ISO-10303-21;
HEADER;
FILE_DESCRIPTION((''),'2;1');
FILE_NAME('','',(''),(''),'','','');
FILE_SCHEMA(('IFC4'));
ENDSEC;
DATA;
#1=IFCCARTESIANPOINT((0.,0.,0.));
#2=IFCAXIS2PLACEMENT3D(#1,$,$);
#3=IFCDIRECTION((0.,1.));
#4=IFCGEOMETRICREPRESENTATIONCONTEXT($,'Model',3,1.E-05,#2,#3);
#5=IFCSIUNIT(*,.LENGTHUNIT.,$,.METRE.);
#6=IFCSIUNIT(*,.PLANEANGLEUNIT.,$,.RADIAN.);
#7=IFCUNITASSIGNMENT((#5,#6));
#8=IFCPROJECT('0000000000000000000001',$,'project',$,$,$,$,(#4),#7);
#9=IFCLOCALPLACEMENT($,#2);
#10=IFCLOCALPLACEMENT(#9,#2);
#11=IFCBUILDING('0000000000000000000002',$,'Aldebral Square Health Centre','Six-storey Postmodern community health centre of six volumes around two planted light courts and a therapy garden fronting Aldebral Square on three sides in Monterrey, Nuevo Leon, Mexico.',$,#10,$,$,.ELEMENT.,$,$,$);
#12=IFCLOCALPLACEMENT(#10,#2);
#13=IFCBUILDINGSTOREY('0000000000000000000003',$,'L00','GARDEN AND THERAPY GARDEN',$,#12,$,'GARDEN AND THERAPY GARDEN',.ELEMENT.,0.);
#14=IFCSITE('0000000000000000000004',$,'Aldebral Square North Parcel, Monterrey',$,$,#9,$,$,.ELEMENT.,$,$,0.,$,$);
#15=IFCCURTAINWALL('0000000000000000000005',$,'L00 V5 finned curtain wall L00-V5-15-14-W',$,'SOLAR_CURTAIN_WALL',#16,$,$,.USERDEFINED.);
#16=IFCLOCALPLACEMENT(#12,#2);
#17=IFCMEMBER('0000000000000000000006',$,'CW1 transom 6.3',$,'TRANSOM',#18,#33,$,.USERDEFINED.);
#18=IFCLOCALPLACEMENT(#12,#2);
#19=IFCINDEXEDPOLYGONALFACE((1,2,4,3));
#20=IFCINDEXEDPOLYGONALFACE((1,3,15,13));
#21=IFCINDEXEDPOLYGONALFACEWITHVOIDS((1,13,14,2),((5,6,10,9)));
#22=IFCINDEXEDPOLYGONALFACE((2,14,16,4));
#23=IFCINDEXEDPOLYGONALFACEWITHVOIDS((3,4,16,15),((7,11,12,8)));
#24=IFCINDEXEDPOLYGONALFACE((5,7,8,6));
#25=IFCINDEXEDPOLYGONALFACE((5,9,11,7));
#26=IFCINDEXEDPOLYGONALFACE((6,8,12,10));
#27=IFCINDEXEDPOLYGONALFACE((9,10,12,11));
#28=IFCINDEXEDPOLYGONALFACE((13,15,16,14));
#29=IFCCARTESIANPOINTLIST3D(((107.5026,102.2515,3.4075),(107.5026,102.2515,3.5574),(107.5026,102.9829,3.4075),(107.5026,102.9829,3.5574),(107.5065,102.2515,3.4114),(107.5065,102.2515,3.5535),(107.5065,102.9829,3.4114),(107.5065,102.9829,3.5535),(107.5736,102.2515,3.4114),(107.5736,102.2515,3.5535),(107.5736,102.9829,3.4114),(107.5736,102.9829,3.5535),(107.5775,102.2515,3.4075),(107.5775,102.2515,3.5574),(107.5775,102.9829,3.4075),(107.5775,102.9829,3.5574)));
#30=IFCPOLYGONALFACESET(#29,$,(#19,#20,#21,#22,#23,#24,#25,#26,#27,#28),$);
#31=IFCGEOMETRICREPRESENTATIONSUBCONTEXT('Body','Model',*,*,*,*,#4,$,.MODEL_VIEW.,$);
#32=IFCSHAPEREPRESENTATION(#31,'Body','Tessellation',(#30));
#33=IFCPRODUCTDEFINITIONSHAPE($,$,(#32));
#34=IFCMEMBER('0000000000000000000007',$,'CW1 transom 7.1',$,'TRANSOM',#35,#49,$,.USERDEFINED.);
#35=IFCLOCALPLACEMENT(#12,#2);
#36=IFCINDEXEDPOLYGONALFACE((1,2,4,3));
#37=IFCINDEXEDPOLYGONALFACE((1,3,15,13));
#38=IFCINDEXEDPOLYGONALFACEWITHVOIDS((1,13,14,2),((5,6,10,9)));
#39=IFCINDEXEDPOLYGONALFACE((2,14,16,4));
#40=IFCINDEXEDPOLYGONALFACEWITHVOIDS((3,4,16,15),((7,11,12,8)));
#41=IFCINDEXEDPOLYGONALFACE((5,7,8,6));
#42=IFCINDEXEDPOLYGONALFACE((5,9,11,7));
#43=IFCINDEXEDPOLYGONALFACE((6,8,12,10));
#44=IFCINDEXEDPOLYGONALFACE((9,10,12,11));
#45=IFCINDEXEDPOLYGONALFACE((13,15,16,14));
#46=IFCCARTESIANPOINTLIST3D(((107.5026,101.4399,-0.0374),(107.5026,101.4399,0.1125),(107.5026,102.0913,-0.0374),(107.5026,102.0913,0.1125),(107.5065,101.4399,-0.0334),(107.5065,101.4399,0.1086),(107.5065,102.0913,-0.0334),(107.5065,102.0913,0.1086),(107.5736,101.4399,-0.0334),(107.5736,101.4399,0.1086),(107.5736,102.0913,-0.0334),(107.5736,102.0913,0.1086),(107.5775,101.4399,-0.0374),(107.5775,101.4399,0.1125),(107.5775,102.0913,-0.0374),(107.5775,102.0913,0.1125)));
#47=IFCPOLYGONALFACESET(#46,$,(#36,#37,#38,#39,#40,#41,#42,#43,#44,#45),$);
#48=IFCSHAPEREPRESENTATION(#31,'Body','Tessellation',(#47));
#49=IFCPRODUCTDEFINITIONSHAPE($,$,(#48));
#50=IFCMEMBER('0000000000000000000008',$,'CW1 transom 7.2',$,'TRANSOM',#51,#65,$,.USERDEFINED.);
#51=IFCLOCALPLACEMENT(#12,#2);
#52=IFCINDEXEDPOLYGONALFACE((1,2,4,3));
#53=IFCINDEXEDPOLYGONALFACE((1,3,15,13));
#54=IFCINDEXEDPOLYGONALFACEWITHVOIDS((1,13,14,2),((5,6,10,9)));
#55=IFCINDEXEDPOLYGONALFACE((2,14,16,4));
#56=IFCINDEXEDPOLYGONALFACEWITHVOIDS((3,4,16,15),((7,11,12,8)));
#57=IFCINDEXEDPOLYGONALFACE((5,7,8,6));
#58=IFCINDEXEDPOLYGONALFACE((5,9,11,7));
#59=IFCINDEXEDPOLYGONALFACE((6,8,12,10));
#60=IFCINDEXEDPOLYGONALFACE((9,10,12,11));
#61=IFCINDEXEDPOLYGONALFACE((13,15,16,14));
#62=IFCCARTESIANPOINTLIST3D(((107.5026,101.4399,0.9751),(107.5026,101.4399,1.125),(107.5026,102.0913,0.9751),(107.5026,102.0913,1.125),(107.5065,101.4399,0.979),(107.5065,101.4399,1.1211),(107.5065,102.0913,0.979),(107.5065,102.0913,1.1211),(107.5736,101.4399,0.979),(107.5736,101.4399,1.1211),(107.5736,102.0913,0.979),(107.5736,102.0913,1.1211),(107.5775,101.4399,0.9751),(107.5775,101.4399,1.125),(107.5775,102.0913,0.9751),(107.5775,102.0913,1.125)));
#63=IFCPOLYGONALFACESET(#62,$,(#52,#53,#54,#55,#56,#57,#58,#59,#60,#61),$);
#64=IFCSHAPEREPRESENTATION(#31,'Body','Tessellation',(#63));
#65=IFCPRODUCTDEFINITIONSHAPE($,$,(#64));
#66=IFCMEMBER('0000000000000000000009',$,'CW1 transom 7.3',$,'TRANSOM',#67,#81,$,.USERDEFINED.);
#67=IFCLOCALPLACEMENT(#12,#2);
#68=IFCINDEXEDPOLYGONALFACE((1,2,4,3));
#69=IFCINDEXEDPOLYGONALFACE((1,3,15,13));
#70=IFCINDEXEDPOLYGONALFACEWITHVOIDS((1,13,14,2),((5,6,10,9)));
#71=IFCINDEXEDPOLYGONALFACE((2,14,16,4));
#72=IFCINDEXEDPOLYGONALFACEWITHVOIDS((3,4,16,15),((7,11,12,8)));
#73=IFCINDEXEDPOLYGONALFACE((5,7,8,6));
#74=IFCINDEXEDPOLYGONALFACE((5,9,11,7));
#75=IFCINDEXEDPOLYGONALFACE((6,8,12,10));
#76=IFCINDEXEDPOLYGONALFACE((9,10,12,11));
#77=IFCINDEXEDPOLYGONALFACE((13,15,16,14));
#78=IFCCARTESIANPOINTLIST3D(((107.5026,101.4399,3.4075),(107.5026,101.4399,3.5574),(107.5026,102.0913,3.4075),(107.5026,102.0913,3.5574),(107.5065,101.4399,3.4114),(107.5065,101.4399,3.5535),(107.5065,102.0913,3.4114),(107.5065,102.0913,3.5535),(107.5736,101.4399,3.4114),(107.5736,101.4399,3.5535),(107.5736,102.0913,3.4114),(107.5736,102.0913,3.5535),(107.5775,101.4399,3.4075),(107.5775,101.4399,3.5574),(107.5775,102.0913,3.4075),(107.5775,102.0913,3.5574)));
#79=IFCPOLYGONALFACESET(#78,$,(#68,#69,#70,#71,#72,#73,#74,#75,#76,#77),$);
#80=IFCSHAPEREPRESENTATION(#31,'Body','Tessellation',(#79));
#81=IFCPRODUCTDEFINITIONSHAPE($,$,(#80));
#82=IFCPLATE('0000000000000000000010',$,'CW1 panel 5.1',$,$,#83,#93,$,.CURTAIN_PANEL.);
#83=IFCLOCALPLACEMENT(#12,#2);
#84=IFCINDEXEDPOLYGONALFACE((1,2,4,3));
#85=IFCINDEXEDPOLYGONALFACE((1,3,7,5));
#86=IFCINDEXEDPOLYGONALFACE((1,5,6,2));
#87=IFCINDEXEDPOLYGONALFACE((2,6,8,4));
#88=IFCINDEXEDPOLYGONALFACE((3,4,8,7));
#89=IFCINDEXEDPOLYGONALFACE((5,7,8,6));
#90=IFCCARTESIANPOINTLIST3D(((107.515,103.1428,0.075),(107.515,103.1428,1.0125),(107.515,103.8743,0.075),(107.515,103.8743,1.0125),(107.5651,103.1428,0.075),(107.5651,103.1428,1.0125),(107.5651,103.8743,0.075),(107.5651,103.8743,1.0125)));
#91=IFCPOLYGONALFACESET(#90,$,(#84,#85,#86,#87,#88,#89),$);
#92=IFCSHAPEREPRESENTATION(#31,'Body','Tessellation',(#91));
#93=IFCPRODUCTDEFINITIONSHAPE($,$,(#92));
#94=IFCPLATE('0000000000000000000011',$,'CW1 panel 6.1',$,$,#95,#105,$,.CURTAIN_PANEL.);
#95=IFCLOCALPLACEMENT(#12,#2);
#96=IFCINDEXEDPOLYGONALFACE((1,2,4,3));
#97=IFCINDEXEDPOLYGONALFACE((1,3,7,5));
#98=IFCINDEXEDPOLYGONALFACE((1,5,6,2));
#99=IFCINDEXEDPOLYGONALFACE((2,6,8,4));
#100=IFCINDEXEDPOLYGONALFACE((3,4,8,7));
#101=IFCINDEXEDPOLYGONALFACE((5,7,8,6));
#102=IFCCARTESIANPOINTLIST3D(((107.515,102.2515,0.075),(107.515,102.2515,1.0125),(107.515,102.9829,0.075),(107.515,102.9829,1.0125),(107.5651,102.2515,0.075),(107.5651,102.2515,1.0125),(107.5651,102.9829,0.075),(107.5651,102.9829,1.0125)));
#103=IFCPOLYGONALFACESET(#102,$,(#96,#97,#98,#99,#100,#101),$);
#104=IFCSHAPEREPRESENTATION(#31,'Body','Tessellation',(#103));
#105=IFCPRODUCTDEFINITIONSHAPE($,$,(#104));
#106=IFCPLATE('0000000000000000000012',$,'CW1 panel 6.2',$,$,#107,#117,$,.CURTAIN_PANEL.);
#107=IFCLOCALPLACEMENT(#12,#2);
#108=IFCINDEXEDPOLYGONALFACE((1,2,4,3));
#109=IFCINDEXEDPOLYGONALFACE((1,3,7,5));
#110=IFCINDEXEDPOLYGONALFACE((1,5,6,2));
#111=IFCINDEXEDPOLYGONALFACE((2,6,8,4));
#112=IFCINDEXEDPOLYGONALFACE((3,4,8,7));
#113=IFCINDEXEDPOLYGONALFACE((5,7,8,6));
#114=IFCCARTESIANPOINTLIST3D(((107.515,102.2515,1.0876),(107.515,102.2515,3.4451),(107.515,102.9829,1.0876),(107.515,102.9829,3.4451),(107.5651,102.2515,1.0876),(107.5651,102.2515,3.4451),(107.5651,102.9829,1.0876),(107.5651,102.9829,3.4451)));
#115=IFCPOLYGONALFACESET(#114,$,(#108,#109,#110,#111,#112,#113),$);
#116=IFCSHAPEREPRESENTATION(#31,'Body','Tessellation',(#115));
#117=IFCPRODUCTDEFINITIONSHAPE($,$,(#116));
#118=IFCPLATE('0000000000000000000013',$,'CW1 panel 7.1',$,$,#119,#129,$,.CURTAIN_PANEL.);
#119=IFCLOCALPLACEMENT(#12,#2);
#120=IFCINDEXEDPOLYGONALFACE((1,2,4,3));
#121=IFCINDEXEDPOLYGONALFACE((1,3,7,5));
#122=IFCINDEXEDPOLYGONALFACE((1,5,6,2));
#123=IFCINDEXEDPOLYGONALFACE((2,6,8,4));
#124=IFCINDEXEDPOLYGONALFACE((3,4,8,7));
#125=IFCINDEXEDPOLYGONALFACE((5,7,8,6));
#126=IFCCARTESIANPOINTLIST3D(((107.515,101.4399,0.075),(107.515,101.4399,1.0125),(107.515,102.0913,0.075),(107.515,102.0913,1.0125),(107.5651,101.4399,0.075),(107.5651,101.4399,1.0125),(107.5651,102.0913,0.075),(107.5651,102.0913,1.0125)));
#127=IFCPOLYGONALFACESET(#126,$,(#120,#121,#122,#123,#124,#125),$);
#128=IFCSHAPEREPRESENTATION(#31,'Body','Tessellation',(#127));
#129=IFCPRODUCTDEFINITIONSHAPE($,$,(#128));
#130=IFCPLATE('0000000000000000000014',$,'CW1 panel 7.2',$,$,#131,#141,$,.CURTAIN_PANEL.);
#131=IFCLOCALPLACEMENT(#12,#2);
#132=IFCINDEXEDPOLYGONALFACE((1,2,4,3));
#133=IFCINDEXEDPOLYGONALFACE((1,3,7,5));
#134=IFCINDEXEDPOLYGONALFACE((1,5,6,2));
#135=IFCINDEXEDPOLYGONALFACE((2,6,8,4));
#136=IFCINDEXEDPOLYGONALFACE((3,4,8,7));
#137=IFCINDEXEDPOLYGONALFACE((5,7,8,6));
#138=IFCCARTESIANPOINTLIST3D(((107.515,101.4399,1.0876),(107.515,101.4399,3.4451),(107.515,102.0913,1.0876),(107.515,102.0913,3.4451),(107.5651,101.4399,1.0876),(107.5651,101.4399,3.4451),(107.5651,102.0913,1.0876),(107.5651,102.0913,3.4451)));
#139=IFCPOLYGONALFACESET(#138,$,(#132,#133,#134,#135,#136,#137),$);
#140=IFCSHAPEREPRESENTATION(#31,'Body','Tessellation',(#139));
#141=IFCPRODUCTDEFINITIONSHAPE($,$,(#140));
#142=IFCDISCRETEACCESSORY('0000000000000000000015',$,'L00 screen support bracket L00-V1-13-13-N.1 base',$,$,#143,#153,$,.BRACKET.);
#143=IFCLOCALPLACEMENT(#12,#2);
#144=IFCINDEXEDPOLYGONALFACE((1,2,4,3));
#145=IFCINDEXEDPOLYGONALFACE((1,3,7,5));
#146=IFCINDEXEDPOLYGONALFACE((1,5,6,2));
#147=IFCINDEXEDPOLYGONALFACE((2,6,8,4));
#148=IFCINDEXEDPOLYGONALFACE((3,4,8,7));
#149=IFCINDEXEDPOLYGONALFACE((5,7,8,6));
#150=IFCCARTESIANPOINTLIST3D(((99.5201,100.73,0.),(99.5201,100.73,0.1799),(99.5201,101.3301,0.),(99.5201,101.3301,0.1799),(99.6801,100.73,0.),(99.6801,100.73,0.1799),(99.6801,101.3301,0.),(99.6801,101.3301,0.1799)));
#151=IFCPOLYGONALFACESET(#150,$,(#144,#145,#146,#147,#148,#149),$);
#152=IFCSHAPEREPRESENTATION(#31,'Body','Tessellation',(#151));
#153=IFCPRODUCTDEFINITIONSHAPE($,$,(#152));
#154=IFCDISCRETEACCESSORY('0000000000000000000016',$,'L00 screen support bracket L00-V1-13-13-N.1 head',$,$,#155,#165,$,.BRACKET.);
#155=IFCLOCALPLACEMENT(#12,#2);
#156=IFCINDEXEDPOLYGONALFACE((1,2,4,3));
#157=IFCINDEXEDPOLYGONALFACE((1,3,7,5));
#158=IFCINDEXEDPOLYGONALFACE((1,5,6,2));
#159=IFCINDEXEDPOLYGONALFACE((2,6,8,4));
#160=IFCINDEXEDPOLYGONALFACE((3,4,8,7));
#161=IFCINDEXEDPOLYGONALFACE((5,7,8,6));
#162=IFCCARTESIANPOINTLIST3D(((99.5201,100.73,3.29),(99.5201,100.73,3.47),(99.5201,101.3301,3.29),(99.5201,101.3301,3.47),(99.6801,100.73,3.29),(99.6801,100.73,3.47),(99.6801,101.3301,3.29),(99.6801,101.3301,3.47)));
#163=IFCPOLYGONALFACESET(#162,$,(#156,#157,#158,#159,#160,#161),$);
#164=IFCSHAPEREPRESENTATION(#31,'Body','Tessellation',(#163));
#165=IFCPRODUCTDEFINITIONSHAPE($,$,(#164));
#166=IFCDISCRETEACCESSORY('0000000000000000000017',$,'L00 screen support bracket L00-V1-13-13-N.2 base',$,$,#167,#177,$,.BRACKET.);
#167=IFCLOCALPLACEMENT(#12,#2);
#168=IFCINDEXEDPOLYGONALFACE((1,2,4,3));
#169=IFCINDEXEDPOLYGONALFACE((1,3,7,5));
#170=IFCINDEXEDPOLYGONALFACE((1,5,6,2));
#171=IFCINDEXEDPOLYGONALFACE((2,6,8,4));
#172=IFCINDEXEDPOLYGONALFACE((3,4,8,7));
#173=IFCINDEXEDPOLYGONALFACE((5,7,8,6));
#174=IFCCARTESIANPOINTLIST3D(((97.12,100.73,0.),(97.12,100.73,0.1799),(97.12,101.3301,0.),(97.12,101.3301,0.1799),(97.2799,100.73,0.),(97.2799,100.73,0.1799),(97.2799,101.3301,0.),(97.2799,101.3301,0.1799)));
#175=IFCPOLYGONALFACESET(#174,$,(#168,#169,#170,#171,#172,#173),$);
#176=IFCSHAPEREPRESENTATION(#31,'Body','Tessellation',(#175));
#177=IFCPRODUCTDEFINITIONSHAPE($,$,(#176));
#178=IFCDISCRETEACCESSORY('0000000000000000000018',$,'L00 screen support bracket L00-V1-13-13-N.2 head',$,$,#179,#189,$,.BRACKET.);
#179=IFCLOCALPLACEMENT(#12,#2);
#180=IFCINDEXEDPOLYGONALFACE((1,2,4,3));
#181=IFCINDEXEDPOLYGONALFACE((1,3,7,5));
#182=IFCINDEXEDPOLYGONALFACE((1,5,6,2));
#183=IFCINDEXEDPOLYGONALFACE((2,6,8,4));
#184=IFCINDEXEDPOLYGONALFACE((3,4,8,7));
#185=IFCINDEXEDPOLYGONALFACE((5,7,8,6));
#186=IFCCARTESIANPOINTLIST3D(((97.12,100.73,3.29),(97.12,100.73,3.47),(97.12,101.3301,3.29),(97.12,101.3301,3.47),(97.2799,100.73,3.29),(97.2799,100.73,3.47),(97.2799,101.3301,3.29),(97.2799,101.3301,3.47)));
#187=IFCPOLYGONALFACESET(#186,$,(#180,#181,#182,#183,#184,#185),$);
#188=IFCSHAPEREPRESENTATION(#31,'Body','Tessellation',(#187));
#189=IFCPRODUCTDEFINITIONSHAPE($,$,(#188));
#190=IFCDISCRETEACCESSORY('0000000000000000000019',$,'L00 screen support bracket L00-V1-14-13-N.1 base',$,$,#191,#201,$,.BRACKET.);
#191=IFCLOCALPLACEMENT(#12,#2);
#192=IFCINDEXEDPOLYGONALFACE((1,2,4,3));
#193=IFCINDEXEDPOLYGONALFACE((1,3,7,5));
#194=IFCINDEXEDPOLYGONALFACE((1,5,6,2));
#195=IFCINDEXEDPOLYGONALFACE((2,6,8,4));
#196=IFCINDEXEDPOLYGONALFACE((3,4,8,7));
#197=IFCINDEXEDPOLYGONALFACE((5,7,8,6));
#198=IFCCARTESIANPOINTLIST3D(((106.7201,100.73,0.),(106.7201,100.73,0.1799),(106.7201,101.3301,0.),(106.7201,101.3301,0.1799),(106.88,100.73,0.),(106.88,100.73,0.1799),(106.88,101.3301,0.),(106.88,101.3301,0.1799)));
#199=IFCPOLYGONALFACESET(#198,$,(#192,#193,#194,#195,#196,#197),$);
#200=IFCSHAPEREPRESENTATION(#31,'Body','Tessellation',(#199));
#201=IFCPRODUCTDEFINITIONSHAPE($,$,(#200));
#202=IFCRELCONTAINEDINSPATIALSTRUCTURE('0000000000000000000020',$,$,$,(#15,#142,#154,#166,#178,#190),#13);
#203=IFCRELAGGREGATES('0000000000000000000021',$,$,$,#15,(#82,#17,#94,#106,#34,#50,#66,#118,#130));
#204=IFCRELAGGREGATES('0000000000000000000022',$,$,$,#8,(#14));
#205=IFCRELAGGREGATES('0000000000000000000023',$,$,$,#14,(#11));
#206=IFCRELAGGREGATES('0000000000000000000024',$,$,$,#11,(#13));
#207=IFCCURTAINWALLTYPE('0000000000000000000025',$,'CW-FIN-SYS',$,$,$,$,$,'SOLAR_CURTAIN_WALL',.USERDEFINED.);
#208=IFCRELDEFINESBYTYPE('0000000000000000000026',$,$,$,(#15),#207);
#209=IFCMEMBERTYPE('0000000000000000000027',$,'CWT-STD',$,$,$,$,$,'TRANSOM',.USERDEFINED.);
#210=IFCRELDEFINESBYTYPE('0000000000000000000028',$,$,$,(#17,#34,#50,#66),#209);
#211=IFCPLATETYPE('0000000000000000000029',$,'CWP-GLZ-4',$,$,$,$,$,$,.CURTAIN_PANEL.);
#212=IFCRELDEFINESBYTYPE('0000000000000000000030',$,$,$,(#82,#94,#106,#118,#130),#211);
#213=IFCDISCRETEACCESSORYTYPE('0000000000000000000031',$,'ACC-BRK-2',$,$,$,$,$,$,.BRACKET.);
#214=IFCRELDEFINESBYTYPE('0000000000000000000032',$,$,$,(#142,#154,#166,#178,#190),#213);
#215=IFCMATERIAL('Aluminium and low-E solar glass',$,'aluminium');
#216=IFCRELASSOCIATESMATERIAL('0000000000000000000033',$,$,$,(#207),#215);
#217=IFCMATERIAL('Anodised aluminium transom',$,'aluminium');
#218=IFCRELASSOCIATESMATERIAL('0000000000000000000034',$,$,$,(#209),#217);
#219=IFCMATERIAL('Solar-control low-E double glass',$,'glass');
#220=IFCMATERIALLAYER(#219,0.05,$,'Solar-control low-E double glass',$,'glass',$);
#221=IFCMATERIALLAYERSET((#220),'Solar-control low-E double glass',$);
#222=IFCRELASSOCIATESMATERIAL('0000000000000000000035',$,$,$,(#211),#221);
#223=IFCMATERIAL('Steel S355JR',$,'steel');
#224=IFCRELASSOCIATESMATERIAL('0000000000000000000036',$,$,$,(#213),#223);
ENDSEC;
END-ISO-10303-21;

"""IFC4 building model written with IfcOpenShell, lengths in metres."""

from ifc_helpers import new_model, si_unit, direction, frame, origin, origin_2d, place, context, subcontext, project, spatial, rectangle, hollow_rectangle, extrude, material, layer, layer_set, material_profile, profile_set, type_object, element, aggregate, save


model = new_model("IFC4")

# Units and contexts
model_context = context("Model", 3, precision=1e-05, world=origin(), true_north=direction((0.0, 1.0)))
body_context = subcontext(model_context, "Body", "Model", "MODEL_VIEW")
ifc_project = project(units=[si_unit("LENGTHUNIT", "METRE"), si_unit("PLANEANGLEUNIT", "RADIAN")], contexts=[model_context])

# Site, building, storey
site_placement = place(None, origin())
site = spatial("IfcSite", under=ifc_project, at=site_placement, Name="Aldebral Square North Parcel, Monterrey", CompositionType="ELEMENT", RefElevation=0.0)
building_placement = place(site_placement, origin())
building = spatial("IfcBuilding", under=site, at=building_placement, Name="Aldebral Square Health Centre", Description="Six-storey Postmodern community health centre of six volumes around two planted light courts and a therapy garden fronting Aldebral Square on three sides in Monterrey, Nuevo Leon, Mexico.", CompositionType="ELEMENT")
storey_placement = place(building_placement, origin())
storey = spatial("IfcBuildingStorey", under=building, at=storey_placement, Name="L00", Description="GARDEN AND THERAPY GARDEN", LongName="GARDEN AND THERAPY GARDEN", CompositionType="ELEMENT", Elevation=0.0)

# Curtain wall
ifc_material_1 = material(Name="Aluminium and low-E solar glass", Category="aluminium")
curtain_wall_type_1 = type_object("IfcCurtainWallType", Name="CW-FIN-SYS", ElementType="SOLAR_CURTAIN_WALL", PredefinedType="USERDEFINED", material=ifc_material_1)
curtain_wall_1_placement = place(storey_placement, origin())
curtain_wall_1 = element("IfcCurtainWall", 1, at=curtain_wall_1_placement, inside=storey, type_object=curtain_wall_type_1, Name="L00 V5 finned curtain wall L00-V5-15-14-W", ObjectType="SOLAR_CURTAIN_WALL", PredefinedType="USERDEFINED")
ifc_material_2 = material(Name="Anodised aluminium transom", Category="aluminium")
ifc_material_profile_1 = material_profile(ifc_material_2, hollow_rectangle(XDim=0.075, YDim=0.1499, WallThickness=0.0039, at=origin_2d()), Name="CWT 75x150x4")
ifc_profile_set_1 = profile_set([ifc_material_profile_1], Name="Anodised aluminium transom")
member_type_1 = type_object("IfcMemberType", Name="CWT-STD", ElementType="TRANSOM", PredefinedType="USERDEFINED", material=ifc_profile_set_1)

# Members
member_1_placement = place(storey_placement, frame((107.54, 102.9829, 3.4824), z_axis=(0.0, -1.0, 0.0), x_axis=(1.0, 0.0, 0.0)))
member_1 = element("IfcMember", 2, at=member_1_placement, type_object=member_type_1, Name="CW1 transom 6.3", ObjectType="TRANSOM", PredefinedType="USERDEFINED", context=body_context, shape_type="SweptSolid", body=[
    extrude(hollow_rectangle(XDim=0.075, YDim=0.1499, WallThickness=0.0039, at=origin_2d()), origin(), (0.0, 0.0, 1.0), 0.7314),
])
member_2_placement = place(storey_placement, frame((107.54, 102.0913, 0.0376), z_axis=(0.0, -1.0, 0.0), x_axis=(1.0, 0.0, 0.0)))
member_2 = element("IfcMember", 3, at=member_2_placement, type_object=member_type_1, Name="CW1 transom 7.1", ObjectType="TRANSOM", PredefinedType="USERDEFINED", context=body_context, shape_type="SweptSolid", body=[
    extrude(hollow_rectangle(XDim=0.075, YDim=0.1499, WallThickness=0.0039, at=origin_2d()), origin(), (0.0, 0.0, 1.0), 0.6514),
])
member_3_placement = place(storey_placement, frame((107.54, 102.0913, 1.05), z_axis=(0.0, -1.0, 0.0), x_axis=(1.0, 0.0, 0.0)))
member_3 = element("IfcMember", 4, at=member_3_placement, type_object=member_type_1, Name="CW1 transom 7.2", ObjectType="TRANSOM", PredefinedType="USERDEFINED", context=body_context, shape_type="SweptSolid", body=[
    extrude(hollow_rectangle(XDim=0.075, YDim=0.1499, WallThickness=0.0039, at=origin_2d()), origin(), (0.0, 0.0, 1.0), 0.6514),
])
member_4_placement = place(storey_placement, frame((107.54, 102.0913, 3.4824), z_axis=(0.0, -1.0, 0.0), x_axis=(1.0, 0.0, 0.0)))
member_4 = element("IfcMember", 5, at=member_4_placement, type_object=member_type_1, Name="CW1 transom 7.3", ObjectType="TRANSOM", PredefinedType="USERDEFINED", context=body_context, shape_type="SweptSolid", body=[
    extrude(hollow_rectangle(XDim=0.075, YDim=0.1499, WallThickness=0.0039, at=origin_2d()), origin(), (0.0, 0.0, 1.0), 0.6514),
])

# Plates
ifc_material_3 = material(Name="Solar-control low-E double glass", Category="glass")
ifc_layer_1 = layer(ifc_material_3, 0.05, Name="Solar-control low-E double glass", Category="glass")
ifc_layer_set_1 = layer_set([ifc_layer_1], Name="Solar-control low-E double glass")
plate_type = type_object("IfcPlateType", Name="CWP-GLZ-4", PredefinedType="CURTAIN_PANEL", material=ifc_layer_set_1)
plate_1_placement = place(storey_placement, frame((107.54, 103.5085, 0.075), z_axis=(0.0, 0.0, 1.0), x_axis=(0.0, -1.0, 0.0)))
plate_1 = element("IfcPlate", 6, at=plate_1_placement, type_object=plate_type, Name="CW1 panel 5.1", PredefinedType="CURTAIN_PANEL", context=body_context, shape_type="SweptSolid", body=[
    extrude(rectangle(XDim=0.7314, YDim=0.05, at=origin_2d()), origin(), (0.0, 0.0, 1.0), 0.9375),
])
plate_2_placement = place(storey_placement, frame((107.54, 102.6172, 0.075), z_axis=(0.0, 0.0, 1.0), x_axis=(0.0, -1.0, 0.0)))
plate_2 = element("IfcPlate", 7, at=plate_2_placement, type_object=plate_type, Name="CW1 panel 6.1", PredefinedType="CURTAIN_PANEL", context=body_context, shape_type="SweptSolid", body=[
    extrude(rectangle(XDim=0.7314, YDim=0.05, at=origin_2d()), origin(), (0.0, 0.0, 1.0), 0.9375),
])
plate_3_placement = place(storey_placement, frame((107.54, 102.6172, 1.0876), z_axis=(0.0, 0.0, 1.0), x_axis=(0.0, -1.0, 0.0)))
plate_3 = element("IfcPlate", 8, at=plate_3_placement, type_object=plate_type, Name="CW1 panel 6.2", PredefinedType="CURTAIN_PANEL", context=body_context, shape_type="SweptSolid", body=[
    extrude(rectangle(XDim=0.7314, YDim=0.05, at=origin_2d()), origin(), (0.0, 0.0, 1.0), 2.3574),
])
plate_4_placement = place(storey_placement, frame((107.54, 101.7656, 0.075), z_axis=(0.0, 0.0, 1.0), x_axis=(0.0, -1.0, 0.0)))
plate_4 = element("IfcPlate", 9, at=plate_4_placement, type_object=plate_type, Name="CW1 panel 7.1", PredefinedType="CURTAIN_PANEL", context=body_context, shape_type="SweptSolid", body=[
    extrude(rectangle(XDim=0.6514, YDim=0.05, at=origin_2d()), origin(), (0.0, 0.0, 1.0), 0.9375),
])
plate_5_placement = place(storey_placement, frame((107.54, 101.7656, 1.0876), z_axis=(0.0, 0.0, 1.0), x_axis=(0.0, -1.0, 0.0)))
plate_5 = element("IfcPlate", 10, at=plate_5_placement, type_object=plate_type, Name="CW1 panel 7.2", PredefinedType="CURTAIN_PANEL", context=body_context, shape_type="SweptSolid", body=[
    extrude(rectangle(XDim=0.6514, YDim=0.05, at=origin_2d()), origin(), (0.0, 0.0, 1.0), 2.3574),
])
aggregate(curtain_wall_1, [plate_1, member_1, plate_2, plate_3, member_2, member_3, member_4, plate_4, plate_5])

# Discrete accessories
ifc_material_4 = material(Name="Steel S355JR", Category="steel")
discrete_accessory_type = type_object("IfcDiscreteAccessoryType", Name="ACC-BRK-2", PredefinedType="BRACKET", material=ifc_material_4)
for number, where, z_axis, x_axis, name in (
    (11, (99.6001, 101.03, 0.0), (0.0, 0.0, 1.0), (1.0, 0.0, 0.0), "L00 screen support bracket L00-V1-13-13-N.1 base"),
    (12, (99.6001, 101.03, 3.29), (0.0, 0.0, 1.0), (1.0, 0.0, 0.0), "L00 screen support bracket L00-V1-13-13-N.1 head"),
    (13, (97.2, 101.03, 0.0), (0.0, 0.0, 1.0), (1.0, 0.0, 0.0), "L00 screen support bracket L00-V1-13-13-N.2 base"),
    (14, (97.2, 101.03, 3.29), (0.0, 0.0, 1.0), (1.0, 0.0, 0.0), "L00 screen support bracket L00-V1-13-13-N.2 head"),
    (15, (106.8, 101.03, 0.0), (0.0, 0.0, 1.0), (1.0, 0.0, 0.0), "L00 screen support bracket L00-V1-14-13-N.1 base"),
):
    element("IfcDiscreteAccessory", number, at=place(storey_placement, frame(where, z_axis=z_axis, x_axis=x_axis)), inside=storey, type_object=discrete_accessory_type, Name=name, PredefinedType="BRACKET", context=body_context, shape_type="SweptSolid", body=[
        extrude(rectangle(XDim=0.1599, YDim=0.6001, at=origin_2d()), origin(), (0.0, 0.0, 1.0), 0.1799),
    ])

save(model, "model.ifc")
